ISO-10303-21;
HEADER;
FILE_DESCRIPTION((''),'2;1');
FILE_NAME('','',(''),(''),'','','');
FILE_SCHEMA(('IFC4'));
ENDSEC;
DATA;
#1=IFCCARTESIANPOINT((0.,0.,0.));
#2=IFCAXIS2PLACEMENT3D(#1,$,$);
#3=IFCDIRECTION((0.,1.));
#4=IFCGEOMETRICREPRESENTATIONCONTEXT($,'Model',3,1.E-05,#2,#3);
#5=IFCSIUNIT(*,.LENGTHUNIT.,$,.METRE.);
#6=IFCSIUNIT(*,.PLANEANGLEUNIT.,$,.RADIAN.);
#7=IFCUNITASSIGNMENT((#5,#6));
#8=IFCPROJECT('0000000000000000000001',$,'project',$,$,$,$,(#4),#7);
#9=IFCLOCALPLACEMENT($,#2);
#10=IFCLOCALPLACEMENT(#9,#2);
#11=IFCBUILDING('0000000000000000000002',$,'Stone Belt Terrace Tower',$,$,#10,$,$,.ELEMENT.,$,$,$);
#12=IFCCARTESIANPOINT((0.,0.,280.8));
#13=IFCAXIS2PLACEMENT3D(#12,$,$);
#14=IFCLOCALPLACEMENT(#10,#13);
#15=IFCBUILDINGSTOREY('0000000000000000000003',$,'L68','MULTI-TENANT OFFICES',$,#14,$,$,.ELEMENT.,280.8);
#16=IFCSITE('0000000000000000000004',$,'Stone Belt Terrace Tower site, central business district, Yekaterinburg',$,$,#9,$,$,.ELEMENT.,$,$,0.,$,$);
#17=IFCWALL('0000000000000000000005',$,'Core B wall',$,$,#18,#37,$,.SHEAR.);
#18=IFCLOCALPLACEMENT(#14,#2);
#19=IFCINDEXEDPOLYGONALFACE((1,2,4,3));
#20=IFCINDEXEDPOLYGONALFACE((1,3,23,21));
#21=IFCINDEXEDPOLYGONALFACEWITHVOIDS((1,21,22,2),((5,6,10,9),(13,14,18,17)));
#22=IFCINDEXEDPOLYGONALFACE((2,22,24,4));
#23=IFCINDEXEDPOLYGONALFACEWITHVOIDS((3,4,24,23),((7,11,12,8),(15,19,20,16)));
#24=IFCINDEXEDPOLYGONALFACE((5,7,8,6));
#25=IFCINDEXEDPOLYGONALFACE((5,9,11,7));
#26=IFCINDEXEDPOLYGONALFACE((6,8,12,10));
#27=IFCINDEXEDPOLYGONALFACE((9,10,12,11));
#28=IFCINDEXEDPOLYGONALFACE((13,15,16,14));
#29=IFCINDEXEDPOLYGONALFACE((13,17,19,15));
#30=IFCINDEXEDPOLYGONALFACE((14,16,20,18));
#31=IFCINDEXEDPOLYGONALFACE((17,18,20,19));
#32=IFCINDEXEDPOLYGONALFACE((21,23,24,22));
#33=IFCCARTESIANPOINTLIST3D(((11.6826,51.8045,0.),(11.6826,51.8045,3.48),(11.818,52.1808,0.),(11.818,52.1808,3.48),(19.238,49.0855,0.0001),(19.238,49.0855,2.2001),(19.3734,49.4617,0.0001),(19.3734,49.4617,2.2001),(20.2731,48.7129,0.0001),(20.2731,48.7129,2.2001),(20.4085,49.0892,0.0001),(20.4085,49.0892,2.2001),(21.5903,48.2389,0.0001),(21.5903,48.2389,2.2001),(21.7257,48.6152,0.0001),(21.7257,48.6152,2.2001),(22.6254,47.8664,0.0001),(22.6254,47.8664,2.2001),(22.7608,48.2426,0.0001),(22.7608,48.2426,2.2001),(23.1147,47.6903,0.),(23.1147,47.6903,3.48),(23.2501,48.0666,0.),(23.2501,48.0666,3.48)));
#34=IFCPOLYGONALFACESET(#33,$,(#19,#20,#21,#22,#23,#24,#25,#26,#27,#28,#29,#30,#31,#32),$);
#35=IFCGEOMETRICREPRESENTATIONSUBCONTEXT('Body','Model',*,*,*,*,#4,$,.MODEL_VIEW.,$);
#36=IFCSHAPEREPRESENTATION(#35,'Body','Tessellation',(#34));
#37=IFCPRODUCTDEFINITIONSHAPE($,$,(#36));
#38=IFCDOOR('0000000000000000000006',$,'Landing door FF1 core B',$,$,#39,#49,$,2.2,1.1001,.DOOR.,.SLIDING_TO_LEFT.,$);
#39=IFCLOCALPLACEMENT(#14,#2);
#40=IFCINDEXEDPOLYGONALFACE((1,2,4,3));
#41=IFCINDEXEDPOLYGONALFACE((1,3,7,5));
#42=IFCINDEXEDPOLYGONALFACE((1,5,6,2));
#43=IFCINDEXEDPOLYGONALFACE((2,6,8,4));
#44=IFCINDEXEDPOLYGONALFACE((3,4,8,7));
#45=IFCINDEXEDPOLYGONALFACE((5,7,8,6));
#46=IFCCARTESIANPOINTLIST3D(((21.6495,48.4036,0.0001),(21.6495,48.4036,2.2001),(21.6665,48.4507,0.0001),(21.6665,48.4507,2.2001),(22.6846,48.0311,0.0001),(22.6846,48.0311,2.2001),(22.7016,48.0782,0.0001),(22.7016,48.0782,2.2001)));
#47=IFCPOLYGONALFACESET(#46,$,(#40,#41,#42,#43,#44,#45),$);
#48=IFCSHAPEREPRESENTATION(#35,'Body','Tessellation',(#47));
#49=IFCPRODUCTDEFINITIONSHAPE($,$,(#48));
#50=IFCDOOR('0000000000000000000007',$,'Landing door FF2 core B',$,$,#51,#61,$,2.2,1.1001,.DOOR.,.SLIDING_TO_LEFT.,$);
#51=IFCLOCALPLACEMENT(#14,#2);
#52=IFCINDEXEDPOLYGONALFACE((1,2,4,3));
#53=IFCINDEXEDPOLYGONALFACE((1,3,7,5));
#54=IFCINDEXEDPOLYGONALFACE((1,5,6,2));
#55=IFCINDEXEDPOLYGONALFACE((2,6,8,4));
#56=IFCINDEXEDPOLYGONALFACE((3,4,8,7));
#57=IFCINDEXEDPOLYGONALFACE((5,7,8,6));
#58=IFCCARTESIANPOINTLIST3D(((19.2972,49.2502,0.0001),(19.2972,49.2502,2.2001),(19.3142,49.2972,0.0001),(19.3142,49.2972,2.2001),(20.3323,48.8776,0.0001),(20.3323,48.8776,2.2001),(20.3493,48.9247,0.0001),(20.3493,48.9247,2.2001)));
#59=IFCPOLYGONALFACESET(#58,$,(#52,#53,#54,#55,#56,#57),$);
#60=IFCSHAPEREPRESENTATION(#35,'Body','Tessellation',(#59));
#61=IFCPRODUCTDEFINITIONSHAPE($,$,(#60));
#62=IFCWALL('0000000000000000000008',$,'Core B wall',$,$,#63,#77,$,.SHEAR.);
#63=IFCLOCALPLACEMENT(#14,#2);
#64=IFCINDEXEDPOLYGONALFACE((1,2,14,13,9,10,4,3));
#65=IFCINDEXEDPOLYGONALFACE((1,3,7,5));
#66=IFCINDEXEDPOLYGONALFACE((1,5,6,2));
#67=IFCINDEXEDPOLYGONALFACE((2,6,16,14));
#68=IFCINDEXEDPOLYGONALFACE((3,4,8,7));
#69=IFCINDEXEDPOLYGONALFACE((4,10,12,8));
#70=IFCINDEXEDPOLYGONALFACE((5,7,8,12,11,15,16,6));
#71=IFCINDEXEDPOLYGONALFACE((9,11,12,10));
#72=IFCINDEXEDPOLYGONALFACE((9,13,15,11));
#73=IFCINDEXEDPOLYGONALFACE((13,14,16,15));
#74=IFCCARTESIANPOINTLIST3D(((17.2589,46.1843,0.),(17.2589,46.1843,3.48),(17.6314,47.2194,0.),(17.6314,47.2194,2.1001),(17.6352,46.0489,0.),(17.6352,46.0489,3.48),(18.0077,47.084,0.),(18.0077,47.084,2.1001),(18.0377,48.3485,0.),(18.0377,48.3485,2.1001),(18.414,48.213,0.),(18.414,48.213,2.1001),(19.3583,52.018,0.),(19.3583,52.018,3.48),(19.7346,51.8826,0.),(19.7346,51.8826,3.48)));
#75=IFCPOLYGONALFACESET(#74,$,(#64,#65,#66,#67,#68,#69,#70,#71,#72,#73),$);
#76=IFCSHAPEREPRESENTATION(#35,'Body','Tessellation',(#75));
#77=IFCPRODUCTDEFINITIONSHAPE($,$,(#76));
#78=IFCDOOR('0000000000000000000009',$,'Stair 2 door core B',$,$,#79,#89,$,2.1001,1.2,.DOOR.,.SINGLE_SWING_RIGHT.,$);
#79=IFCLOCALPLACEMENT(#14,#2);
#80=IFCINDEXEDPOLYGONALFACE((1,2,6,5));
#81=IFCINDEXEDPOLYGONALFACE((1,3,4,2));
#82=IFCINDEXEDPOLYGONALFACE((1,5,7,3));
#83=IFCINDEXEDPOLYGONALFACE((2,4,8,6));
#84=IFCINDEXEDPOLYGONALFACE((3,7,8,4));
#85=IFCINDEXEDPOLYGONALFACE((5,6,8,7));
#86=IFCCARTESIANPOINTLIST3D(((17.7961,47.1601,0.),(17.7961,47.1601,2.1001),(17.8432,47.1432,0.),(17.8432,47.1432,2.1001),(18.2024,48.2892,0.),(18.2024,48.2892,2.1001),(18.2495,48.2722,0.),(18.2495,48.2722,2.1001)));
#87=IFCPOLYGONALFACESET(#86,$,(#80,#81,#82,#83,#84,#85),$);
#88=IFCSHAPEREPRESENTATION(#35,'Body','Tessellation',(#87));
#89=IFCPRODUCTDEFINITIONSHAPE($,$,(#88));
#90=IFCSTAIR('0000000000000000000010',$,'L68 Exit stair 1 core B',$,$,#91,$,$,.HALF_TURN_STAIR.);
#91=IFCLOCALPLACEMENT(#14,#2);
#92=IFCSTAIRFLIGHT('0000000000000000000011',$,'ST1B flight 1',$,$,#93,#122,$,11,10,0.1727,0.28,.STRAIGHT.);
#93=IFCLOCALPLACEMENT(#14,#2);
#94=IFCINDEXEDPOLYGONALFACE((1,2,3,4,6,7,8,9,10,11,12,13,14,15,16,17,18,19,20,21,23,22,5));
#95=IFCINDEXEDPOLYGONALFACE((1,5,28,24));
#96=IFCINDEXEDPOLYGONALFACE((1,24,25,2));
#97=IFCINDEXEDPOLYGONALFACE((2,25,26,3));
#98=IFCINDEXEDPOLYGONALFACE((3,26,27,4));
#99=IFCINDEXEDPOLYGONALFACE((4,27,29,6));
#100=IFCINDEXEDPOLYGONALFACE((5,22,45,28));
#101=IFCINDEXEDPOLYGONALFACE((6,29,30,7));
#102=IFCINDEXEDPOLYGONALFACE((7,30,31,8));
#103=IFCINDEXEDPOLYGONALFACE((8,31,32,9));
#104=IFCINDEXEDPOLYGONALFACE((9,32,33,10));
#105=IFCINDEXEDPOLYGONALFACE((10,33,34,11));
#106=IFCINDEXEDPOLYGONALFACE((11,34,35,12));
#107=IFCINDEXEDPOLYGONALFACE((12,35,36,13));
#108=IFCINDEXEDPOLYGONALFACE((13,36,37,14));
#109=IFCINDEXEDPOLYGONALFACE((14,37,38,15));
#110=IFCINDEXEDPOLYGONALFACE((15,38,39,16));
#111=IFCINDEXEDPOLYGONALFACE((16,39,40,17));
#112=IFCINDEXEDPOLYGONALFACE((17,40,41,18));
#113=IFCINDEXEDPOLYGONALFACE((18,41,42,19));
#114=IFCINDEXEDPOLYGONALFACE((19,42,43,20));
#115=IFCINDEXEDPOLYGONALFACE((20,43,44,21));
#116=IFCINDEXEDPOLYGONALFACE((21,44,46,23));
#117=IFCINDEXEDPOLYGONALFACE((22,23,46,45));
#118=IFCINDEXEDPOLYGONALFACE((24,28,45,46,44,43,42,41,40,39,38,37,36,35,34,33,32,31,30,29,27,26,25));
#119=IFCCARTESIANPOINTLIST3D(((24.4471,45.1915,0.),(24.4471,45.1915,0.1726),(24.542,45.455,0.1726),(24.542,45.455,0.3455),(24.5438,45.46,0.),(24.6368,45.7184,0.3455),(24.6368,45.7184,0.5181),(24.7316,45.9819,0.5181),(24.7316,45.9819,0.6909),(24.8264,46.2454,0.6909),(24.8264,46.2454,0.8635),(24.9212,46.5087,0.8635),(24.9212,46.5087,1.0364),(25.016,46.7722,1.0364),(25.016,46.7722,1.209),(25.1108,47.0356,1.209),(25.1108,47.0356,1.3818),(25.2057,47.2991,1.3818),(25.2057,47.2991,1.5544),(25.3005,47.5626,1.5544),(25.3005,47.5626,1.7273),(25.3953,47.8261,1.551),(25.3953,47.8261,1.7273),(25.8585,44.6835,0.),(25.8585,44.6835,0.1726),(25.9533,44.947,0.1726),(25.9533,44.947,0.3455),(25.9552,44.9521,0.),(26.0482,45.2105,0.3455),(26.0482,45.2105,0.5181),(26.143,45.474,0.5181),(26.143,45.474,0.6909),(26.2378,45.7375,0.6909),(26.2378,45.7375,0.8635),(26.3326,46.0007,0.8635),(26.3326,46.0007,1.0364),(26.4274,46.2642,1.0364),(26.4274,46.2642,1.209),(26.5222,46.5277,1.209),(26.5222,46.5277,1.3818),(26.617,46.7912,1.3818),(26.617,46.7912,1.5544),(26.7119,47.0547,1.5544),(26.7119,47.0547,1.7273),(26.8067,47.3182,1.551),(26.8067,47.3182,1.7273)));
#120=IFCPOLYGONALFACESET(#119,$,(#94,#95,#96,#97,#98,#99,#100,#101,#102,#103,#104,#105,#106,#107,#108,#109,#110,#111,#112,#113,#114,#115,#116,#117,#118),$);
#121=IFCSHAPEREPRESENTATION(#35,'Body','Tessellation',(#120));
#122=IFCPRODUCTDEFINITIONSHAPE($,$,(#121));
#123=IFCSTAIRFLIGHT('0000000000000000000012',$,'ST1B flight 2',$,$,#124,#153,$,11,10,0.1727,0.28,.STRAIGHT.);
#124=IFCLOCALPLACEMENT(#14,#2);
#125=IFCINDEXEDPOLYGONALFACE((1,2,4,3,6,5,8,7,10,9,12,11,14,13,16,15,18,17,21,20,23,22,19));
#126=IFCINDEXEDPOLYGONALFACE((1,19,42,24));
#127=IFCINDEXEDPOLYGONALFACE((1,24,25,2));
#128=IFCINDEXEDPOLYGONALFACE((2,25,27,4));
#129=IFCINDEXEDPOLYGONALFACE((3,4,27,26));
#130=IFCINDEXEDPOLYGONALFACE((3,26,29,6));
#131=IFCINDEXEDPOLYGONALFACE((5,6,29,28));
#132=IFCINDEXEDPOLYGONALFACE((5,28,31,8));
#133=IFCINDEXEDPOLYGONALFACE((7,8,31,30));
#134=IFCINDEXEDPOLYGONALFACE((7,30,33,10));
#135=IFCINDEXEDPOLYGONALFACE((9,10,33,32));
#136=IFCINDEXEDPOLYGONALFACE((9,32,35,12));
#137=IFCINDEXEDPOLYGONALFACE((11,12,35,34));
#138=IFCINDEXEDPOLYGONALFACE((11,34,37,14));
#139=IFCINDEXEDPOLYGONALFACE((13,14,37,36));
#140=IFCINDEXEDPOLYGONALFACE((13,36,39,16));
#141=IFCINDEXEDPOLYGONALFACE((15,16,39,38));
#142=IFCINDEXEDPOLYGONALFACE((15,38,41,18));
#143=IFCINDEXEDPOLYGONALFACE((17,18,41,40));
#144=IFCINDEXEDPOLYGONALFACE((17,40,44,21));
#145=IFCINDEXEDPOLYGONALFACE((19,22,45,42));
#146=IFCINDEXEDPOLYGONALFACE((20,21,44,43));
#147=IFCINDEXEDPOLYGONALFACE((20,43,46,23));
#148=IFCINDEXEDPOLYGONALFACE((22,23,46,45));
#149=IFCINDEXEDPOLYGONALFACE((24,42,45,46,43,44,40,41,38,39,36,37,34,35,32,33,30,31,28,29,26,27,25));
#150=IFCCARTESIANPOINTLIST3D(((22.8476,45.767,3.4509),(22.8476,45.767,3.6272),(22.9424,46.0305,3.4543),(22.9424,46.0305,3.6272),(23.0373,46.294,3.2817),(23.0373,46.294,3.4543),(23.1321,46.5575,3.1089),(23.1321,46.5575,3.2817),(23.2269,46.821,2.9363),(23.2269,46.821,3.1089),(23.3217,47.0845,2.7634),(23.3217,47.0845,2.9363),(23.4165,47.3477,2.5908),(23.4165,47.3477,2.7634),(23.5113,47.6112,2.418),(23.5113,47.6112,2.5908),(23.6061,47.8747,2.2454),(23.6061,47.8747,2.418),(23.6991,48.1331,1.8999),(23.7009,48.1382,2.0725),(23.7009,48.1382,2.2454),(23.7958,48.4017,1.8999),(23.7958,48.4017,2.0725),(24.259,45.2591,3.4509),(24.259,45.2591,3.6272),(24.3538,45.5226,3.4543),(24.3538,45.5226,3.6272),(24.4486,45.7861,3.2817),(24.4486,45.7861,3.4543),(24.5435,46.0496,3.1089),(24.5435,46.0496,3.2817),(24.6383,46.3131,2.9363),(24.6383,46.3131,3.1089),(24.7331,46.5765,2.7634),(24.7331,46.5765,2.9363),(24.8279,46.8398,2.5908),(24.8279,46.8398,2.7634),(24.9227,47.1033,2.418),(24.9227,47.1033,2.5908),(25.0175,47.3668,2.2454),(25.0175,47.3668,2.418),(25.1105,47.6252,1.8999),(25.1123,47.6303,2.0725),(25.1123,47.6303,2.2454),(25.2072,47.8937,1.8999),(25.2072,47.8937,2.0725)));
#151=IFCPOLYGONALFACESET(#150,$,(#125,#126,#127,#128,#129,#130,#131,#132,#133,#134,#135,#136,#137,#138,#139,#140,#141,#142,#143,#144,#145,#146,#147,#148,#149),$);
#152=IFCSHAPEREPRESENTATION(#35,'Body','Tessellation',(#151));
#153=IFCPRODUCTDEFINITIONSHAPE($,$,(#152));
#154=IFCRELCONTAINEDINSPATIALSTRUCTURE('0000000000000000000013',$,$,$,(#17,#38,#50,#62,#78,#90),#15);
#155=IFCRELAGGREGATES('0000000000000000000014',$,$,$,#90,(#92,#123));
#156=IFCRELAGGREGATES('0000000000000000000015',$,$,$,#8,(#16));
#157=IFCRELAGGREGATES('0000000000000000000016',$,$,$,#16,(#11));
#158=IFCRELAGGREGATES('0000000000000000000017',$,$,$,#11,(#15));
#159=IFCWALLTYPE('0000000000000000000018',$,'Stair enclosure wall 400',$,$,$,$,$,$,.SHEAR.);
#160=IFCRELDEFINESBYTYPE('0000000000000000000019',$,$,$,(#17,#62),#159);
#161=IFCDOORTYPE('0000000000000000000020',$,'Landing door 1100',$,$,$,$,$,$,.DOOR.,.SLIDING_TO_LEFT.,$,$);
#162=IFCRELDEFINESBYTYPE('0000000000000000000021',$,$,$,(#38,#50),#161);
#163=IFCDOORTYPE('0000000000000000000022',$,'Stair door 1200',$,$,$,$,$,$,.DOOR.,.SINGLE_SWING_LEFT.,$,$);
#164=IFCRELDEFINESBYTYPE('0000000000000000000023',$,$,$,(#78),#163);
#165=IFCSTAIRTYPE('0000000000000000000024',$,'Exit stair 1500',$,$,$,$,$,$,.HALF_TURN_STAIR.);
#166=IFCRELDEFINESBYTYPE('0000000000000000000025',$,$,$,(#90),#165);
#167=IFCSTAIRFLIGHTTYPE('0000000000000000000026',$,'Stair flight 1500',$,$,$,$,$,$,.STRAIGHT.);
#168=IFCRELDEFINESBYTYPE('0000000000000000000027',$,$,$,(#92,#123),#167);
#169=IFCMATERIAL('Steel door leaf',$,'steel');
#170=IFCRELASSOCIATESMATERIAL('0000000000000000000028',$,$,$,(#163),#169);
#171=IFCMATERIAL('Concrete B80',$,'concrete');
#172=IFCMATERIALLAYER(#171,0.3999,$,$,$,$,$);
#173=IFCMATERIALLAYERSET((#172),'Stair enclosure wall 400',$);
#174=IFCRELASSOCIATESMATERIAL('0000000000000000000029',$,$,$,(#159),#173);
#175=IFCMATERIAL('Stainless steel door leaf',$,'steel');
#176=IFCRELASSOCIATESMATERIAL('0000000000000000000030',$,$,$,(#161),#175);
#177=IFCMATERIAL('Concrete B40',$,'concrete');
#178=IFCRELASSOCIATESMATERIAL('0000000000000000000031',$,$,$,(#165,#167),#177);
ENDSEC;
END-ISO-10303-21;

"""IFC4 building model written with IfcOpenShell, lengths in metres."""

from ifc_helpers import new_model, si_unit, direction, frame, frame_2d, origin, place, context, subcontext, project, spatial, polyline, rectangle, outline, extrude, material, layer, layer_set, type_object, element, fill, aggregate, save


model = new_model("IFC4")

# Units and contexts
model_context = context("Model", 3, precision=1e-05, world=origin(), true_north=direction((0.0, 1.0)))
body_context = subcontext(model_context, "Body", "Model", "MODEL_VIEW")
ifc_project = project(units=[si_unit("LENGTHUNIT", "METRE"), si_unit("PLANEANGLEUNIT", "RADIAN")], contexts=[model_context])

# Site, building, storey
site_placement = place(None, origin())
site = spatial("IfcSite", under=ifc_project, at=site_placement, Name="Stone Belt Terrace Tower site, central business district, Yekaterinburg", CompositionType="ELEMENT", RefElevation=0.0)
building_placement = place(site_placement, origin())
building = spatial("IfcBuilding", under=site, at=building_placement, Name="Stone Belt Terrace Tower", CompositionType="ELEMENT")
storey_placement = place(building_placement, frame((0.0, 0.0, 280.8)))
storey = spatial("IfcBuildingStorey", under=building, at=storey_placement, Name="L68", Description="MULTI-TENANT OFFICES", CompositionType="ELEMENT", Elevation=280.8)

# Shared definitions
ifc_material_1 = material(Name="Concrete B80", Category="concrete")

# Shared definitions
ifc_material_2 = material(Name="Steel door leaf", Category="steel")
door_type_1 = type_object("IfcDoorType", Name="Stair door 1200", OperationType="SINGLE_SWING_LEFT", PredefinedType="DOOR", material=ifc_material_2)
ifc_layer_1 = layer(ifc_material_1, 0.3999)
ifc_layer_set_1 = layer_set([ifc_layer_1], Name="Stair enclosure wall 400")
wall_type_1 = type_object("IfcWallType", Name="Stair enclosure wall 400", PredefinedType="SHEAR", material=ifc_layer_set_1)

# Wall, openings, doors
wall_1_placement = place(storey_placement, frame((23.1824, 47.8784, 0.0), z_axis=(0.0, 0.0, 1.0), x_axis=(-0.940922, 0.338624, 0.0)))
wall_1 = element("IfcWall", 1, at=wall_1_placement, inside=storey, type_object=wall_type_1, Name="Core B wall", PredefinedType="SHEAR", context=body_context, shape_type="SweptSolid", body=[
    extrude(rectangle(XDim=12.1499, YDim=0.3999, at=frame_2d((6.075, 0.0))), origin(), (0.0, 0.0, 1.0), 3.48),
])
opening_1_placement = place(wall_1_placement, frame((0.52, 0.0, 0.0)))
opening_1 = element("IfcOpeningElement", 2, at=opening_1_placement, cuts=wall_1, PredefinedType="OPENING", context=body_context, shape_type="SweptSolid", body=[
    extrude(rectangle(XDim=1.1001, YDim=2.2, at=frame_2d((0.55, 1.1001))), frame((0.0, 0.21, 0.0), z_axis=(0.0, -1.0, 0.0), x_axis=(1.0, 0.0, 0.0)), (0.0, 0.0, 1.0), 0.4199),
])
opening_2_placement = place(wall_1_placement, frame((3.02, 0.0, 0.0)))
opening_2 = element("IfcOpeningElement", 3, at=opening_2_placement, cuts=wall_1, PredefinedType="OPENING", context=body_context, shape_type="SweptSolid", body=[
    extrude(rectangle(XDim=1.1001, YDim=2.2, at=frame_2d((0.55, 1.1001))), frame((0.0, 0.21, 0.0), z_axis=(0.0, -1.0, 0.0), x_axis=(1.0, 0.0, 0.0)), (0.0, 0.0, 1.0), 0.4199),
])
ifc_material_3 = material(Name="Stainless steel door leaf", Category="steel")
door_type_2 = type_object("IfcDoorType", Name="Landing door 1100", OperationType="SLIDING_TO_LEFT", PredefinedType="DOOR", material=ifc_material_3)
door_1_placement = place(opening_1_placement, origin())
door_1 = element("IfcDoor", 4, at=door_1_placement, inside=storey, type_object=door_type_2, Name="Landing door FF1 core B", OperationType="SLIDING_TO_LEFT", OverallHeight=2.2, OverallWidth=1.1001, PredefinedType="DOOR", context=body_context, shape_type="SweptSolid", body=[
    extrude(rectangle(XDim=1.1001, YDim=2.2, at=frame_2d((0.55, 1.1001))), frame((0.0, 0.0249, 0.0), z_axis=(0.0, -1.0, 0.0), x_axis=(1.0, 0.0, 0.0)), (0.0, 0.0, 1.0), 0.05),
])
fill(opening_1, door_1)
door_2_placement = place(opening_2_placement, origin())
door_2 = element("IfcDoor", 5, at=door_2_placement, inside=storey, type_object=door_type_2, Name="Landing door FF2 core B", OperationType="SLIDING_TO_LEFT", OverallHeight=2.2, OverallWidth=1.1001, PredefinedType="DOOR", context=body_context, shape_type="SweptSolid", body=[
    extrude(rectangle(XDim=1.1001, YDim=2.2, at=frame_2d((0.55, 1.1001))), frame((0.0, 0.0249, 0.0), z_axis=(0.0, -1.0, 0.0), x_axis=(1.0, 0.0, 0.0)), (0.0, 0.0, 1.0), 0.05),
])
fill(opening_2, door_2)

# Wall, opening, door
wall_2_placement = place(storey_placement, frame((17.447, 46.1165, 0.0), z_axis=(0.0, 0.0, 1.0), x_axis=(0.338608, 0.940928, 0.0)))
wall_2 = element("IfcWall", 6, at=wall_2_placement, inside=storey, type_object=wall_type_1, Name="Core B wall", PredefinedType="SHEAR", context=body_context, shape_type="SweptSolid", body=[
    extrude(rectangle(XDim=6.2, YDim=0.3999, at=frame_2d((3.1001, 0.0))), origin(), (0.0, 0.0, 1.0), 3.48),
])
opening_3_placement = place(wall_2_placement, frame((1.1001, 0.0, 0.0)))
opening_3 = element("IfcOpeningElement", 7, at=opening_3_placement, cuts=wall_2, PredefinedType="OPENING", context=body_context, shape_type="SweptSolid", body=[
    extrude(rectangle(XDim=1.2, YDim=2.1001, at=frame_2d((0.6001, 1.05))), frame((0.0, 0.21, 0.0), z_axis=(0.0, -1.0, 0.0), x_axis=(1.0, 0.0, 0.0)), (0.0, 0.0, 1.0), 0.4199),
])
door_3_placement = place(opening_3_placement, origin())
door_3 = element("IfcDoor", 8, at=door_3_placement, inside=storey, type_object=door_type_1, Name="Stair 2 door core B", OperationType="SINGLE_SWING_RIGHT", OverallHeight=2.1001, OverallWidth=1.2, PredefinedType="DOOR", context=body_context, shape_type="SweptSolid", body=[
    extrude(rectangle(XDim=1.2, YDim=2.1001, at=frame_2d((0.6001, 1.05))), frame((0.0, 0.0249, 0.0), z_axis=(0.0, -1.0, 0.0), x_axis=(1.0, 0.0, 0.0)), (0.0, 0.0, 1.0), 0.05),
])
fill(opening_3, door_3)

# Stair, stair flights
ifc_material_4 = material(Name="Concrete B40", Category="concrete")
stair_type = type_object("IfcStairType", Name="Exit stair 1500", PredefinedType="HALF_TURN_STAIR", material=ifc_material_4)
stair_1_placement = place(storey_placement, origin())
stair_1 = element("IfcStair", 9, at=stair_1_placement, inside=storey, type_object=stair_type, Name="L68 Exit stair 1 core B", PredefinedType="HALF_TURN_STAIR")
stair_flight_type = type_object("IfcStairFlightType", Name="Stair flight 1500", PredefinedType="STRAIGHT", material=ifc_material_4)
stair_flight_1_placement = place(storey_placement, frame((25.1528, 44.9375, 0.0), z_axis=(0.0, 0.0, 1.0), x_axis=(0.338624, 0.940922, 0.0)))
stair_flight_1 = element("IfcStairFlight", 10, at=stair_flight_1_placement, type_object=stair_flight_type, Name="ST1B flight 1", NumberOfRisers=11, NumberOfTreads=10, PredefinedType="STRAIGHT", RiserHeight=0.1727, TreadLength=0.28, context=body_context, shape_type="SweptSolid", body=[
    extrude(outline(polyline([(0.0, 0.0), (0.0, 0.1726), (0.28, 0.1726), (0.28, 0.3455), (0.5601, 0.3455), (0.5601, 0.5181), (0.8401, 0.5181), (0.8401, 0.6909), (1.1201, 0.6909), (1.1201, 0.8635), (1.3999, 0.8635), (1.3999, 1.0364), (1.6799, 1.0364), (1.6799, 1.209), (1.96, 1.209), (1.96, 1.3818), (2.24, 1.3818), (2.24, 1.5544), (2.52, 1.5544), (2.52, 1.7273), (2.8, 1.7273), (2.8, 1.8999), (2.8, 1.551), (0.2854, 0.0), (0.0, 0.0)])), frame((0.0, 0.75, 0.0), z_axis=(0.0, -1.0, 0.0), x_axis=(1.0, 0.0, 0.0)), (0.0, 0.0, 1.0), 1.5),
])
stair_flight_2_placement = place(storey_placement, frame((24.5015, 48.1477, 1.8999), z_axis=(0.0, 0.0, 1.0), x_axis=(-0.338624, -0.940922, 0.0)))
stair_flight_2 = element("IfcStairFlight", 11, at=stair_flight_2_placement, type_object=stair_flight_type, Name="ST1B flight 2", NumberOfRisers=11, NumberOfTreads=10, PredefinedType="STRAIGHT", RiserHeight=0.1727, TreadLength=0.28, context=body_context, shape_type="SweptSolid", body=[
    extrude(outline(polyline([(0.0, 0.0), (0.0, 0.1726), (0.28, 0.1726), (0.28, 0.3455), (0.5601, 0.3455), (0.5601, 0.5181), (0.8401, 0.5181), (0.8401, 0.6909), (1.1201, 0.6909), (1.1201, 0.8635), (1.3999, 0.8635), (1.3999, 1.0364), (1.6799, 1.0364), (1.6799, 1.209), (1.96, 1.209), (1.96, 1.3818), (2.24, 1.3818), (2.24, 1.5544), (2.52, 1.5544), (2.52, 1.7273), (2.8, 1.7273), (2.8, 1.8999), (2.8, 1.551), (0.2854, 0.0), (0.0, 0.0)])), frame((0.0, 0.75, 0.0), z_axis=(0.0, -1.0, 0.0), x_axis=(1.0, 0.0, 0.0)), (0.0, 0.0, 1.0), 1.5),
])
aggregate(stair_1, [stair_flight_1, stair_flight_2])

save(model, "model.ifc")
